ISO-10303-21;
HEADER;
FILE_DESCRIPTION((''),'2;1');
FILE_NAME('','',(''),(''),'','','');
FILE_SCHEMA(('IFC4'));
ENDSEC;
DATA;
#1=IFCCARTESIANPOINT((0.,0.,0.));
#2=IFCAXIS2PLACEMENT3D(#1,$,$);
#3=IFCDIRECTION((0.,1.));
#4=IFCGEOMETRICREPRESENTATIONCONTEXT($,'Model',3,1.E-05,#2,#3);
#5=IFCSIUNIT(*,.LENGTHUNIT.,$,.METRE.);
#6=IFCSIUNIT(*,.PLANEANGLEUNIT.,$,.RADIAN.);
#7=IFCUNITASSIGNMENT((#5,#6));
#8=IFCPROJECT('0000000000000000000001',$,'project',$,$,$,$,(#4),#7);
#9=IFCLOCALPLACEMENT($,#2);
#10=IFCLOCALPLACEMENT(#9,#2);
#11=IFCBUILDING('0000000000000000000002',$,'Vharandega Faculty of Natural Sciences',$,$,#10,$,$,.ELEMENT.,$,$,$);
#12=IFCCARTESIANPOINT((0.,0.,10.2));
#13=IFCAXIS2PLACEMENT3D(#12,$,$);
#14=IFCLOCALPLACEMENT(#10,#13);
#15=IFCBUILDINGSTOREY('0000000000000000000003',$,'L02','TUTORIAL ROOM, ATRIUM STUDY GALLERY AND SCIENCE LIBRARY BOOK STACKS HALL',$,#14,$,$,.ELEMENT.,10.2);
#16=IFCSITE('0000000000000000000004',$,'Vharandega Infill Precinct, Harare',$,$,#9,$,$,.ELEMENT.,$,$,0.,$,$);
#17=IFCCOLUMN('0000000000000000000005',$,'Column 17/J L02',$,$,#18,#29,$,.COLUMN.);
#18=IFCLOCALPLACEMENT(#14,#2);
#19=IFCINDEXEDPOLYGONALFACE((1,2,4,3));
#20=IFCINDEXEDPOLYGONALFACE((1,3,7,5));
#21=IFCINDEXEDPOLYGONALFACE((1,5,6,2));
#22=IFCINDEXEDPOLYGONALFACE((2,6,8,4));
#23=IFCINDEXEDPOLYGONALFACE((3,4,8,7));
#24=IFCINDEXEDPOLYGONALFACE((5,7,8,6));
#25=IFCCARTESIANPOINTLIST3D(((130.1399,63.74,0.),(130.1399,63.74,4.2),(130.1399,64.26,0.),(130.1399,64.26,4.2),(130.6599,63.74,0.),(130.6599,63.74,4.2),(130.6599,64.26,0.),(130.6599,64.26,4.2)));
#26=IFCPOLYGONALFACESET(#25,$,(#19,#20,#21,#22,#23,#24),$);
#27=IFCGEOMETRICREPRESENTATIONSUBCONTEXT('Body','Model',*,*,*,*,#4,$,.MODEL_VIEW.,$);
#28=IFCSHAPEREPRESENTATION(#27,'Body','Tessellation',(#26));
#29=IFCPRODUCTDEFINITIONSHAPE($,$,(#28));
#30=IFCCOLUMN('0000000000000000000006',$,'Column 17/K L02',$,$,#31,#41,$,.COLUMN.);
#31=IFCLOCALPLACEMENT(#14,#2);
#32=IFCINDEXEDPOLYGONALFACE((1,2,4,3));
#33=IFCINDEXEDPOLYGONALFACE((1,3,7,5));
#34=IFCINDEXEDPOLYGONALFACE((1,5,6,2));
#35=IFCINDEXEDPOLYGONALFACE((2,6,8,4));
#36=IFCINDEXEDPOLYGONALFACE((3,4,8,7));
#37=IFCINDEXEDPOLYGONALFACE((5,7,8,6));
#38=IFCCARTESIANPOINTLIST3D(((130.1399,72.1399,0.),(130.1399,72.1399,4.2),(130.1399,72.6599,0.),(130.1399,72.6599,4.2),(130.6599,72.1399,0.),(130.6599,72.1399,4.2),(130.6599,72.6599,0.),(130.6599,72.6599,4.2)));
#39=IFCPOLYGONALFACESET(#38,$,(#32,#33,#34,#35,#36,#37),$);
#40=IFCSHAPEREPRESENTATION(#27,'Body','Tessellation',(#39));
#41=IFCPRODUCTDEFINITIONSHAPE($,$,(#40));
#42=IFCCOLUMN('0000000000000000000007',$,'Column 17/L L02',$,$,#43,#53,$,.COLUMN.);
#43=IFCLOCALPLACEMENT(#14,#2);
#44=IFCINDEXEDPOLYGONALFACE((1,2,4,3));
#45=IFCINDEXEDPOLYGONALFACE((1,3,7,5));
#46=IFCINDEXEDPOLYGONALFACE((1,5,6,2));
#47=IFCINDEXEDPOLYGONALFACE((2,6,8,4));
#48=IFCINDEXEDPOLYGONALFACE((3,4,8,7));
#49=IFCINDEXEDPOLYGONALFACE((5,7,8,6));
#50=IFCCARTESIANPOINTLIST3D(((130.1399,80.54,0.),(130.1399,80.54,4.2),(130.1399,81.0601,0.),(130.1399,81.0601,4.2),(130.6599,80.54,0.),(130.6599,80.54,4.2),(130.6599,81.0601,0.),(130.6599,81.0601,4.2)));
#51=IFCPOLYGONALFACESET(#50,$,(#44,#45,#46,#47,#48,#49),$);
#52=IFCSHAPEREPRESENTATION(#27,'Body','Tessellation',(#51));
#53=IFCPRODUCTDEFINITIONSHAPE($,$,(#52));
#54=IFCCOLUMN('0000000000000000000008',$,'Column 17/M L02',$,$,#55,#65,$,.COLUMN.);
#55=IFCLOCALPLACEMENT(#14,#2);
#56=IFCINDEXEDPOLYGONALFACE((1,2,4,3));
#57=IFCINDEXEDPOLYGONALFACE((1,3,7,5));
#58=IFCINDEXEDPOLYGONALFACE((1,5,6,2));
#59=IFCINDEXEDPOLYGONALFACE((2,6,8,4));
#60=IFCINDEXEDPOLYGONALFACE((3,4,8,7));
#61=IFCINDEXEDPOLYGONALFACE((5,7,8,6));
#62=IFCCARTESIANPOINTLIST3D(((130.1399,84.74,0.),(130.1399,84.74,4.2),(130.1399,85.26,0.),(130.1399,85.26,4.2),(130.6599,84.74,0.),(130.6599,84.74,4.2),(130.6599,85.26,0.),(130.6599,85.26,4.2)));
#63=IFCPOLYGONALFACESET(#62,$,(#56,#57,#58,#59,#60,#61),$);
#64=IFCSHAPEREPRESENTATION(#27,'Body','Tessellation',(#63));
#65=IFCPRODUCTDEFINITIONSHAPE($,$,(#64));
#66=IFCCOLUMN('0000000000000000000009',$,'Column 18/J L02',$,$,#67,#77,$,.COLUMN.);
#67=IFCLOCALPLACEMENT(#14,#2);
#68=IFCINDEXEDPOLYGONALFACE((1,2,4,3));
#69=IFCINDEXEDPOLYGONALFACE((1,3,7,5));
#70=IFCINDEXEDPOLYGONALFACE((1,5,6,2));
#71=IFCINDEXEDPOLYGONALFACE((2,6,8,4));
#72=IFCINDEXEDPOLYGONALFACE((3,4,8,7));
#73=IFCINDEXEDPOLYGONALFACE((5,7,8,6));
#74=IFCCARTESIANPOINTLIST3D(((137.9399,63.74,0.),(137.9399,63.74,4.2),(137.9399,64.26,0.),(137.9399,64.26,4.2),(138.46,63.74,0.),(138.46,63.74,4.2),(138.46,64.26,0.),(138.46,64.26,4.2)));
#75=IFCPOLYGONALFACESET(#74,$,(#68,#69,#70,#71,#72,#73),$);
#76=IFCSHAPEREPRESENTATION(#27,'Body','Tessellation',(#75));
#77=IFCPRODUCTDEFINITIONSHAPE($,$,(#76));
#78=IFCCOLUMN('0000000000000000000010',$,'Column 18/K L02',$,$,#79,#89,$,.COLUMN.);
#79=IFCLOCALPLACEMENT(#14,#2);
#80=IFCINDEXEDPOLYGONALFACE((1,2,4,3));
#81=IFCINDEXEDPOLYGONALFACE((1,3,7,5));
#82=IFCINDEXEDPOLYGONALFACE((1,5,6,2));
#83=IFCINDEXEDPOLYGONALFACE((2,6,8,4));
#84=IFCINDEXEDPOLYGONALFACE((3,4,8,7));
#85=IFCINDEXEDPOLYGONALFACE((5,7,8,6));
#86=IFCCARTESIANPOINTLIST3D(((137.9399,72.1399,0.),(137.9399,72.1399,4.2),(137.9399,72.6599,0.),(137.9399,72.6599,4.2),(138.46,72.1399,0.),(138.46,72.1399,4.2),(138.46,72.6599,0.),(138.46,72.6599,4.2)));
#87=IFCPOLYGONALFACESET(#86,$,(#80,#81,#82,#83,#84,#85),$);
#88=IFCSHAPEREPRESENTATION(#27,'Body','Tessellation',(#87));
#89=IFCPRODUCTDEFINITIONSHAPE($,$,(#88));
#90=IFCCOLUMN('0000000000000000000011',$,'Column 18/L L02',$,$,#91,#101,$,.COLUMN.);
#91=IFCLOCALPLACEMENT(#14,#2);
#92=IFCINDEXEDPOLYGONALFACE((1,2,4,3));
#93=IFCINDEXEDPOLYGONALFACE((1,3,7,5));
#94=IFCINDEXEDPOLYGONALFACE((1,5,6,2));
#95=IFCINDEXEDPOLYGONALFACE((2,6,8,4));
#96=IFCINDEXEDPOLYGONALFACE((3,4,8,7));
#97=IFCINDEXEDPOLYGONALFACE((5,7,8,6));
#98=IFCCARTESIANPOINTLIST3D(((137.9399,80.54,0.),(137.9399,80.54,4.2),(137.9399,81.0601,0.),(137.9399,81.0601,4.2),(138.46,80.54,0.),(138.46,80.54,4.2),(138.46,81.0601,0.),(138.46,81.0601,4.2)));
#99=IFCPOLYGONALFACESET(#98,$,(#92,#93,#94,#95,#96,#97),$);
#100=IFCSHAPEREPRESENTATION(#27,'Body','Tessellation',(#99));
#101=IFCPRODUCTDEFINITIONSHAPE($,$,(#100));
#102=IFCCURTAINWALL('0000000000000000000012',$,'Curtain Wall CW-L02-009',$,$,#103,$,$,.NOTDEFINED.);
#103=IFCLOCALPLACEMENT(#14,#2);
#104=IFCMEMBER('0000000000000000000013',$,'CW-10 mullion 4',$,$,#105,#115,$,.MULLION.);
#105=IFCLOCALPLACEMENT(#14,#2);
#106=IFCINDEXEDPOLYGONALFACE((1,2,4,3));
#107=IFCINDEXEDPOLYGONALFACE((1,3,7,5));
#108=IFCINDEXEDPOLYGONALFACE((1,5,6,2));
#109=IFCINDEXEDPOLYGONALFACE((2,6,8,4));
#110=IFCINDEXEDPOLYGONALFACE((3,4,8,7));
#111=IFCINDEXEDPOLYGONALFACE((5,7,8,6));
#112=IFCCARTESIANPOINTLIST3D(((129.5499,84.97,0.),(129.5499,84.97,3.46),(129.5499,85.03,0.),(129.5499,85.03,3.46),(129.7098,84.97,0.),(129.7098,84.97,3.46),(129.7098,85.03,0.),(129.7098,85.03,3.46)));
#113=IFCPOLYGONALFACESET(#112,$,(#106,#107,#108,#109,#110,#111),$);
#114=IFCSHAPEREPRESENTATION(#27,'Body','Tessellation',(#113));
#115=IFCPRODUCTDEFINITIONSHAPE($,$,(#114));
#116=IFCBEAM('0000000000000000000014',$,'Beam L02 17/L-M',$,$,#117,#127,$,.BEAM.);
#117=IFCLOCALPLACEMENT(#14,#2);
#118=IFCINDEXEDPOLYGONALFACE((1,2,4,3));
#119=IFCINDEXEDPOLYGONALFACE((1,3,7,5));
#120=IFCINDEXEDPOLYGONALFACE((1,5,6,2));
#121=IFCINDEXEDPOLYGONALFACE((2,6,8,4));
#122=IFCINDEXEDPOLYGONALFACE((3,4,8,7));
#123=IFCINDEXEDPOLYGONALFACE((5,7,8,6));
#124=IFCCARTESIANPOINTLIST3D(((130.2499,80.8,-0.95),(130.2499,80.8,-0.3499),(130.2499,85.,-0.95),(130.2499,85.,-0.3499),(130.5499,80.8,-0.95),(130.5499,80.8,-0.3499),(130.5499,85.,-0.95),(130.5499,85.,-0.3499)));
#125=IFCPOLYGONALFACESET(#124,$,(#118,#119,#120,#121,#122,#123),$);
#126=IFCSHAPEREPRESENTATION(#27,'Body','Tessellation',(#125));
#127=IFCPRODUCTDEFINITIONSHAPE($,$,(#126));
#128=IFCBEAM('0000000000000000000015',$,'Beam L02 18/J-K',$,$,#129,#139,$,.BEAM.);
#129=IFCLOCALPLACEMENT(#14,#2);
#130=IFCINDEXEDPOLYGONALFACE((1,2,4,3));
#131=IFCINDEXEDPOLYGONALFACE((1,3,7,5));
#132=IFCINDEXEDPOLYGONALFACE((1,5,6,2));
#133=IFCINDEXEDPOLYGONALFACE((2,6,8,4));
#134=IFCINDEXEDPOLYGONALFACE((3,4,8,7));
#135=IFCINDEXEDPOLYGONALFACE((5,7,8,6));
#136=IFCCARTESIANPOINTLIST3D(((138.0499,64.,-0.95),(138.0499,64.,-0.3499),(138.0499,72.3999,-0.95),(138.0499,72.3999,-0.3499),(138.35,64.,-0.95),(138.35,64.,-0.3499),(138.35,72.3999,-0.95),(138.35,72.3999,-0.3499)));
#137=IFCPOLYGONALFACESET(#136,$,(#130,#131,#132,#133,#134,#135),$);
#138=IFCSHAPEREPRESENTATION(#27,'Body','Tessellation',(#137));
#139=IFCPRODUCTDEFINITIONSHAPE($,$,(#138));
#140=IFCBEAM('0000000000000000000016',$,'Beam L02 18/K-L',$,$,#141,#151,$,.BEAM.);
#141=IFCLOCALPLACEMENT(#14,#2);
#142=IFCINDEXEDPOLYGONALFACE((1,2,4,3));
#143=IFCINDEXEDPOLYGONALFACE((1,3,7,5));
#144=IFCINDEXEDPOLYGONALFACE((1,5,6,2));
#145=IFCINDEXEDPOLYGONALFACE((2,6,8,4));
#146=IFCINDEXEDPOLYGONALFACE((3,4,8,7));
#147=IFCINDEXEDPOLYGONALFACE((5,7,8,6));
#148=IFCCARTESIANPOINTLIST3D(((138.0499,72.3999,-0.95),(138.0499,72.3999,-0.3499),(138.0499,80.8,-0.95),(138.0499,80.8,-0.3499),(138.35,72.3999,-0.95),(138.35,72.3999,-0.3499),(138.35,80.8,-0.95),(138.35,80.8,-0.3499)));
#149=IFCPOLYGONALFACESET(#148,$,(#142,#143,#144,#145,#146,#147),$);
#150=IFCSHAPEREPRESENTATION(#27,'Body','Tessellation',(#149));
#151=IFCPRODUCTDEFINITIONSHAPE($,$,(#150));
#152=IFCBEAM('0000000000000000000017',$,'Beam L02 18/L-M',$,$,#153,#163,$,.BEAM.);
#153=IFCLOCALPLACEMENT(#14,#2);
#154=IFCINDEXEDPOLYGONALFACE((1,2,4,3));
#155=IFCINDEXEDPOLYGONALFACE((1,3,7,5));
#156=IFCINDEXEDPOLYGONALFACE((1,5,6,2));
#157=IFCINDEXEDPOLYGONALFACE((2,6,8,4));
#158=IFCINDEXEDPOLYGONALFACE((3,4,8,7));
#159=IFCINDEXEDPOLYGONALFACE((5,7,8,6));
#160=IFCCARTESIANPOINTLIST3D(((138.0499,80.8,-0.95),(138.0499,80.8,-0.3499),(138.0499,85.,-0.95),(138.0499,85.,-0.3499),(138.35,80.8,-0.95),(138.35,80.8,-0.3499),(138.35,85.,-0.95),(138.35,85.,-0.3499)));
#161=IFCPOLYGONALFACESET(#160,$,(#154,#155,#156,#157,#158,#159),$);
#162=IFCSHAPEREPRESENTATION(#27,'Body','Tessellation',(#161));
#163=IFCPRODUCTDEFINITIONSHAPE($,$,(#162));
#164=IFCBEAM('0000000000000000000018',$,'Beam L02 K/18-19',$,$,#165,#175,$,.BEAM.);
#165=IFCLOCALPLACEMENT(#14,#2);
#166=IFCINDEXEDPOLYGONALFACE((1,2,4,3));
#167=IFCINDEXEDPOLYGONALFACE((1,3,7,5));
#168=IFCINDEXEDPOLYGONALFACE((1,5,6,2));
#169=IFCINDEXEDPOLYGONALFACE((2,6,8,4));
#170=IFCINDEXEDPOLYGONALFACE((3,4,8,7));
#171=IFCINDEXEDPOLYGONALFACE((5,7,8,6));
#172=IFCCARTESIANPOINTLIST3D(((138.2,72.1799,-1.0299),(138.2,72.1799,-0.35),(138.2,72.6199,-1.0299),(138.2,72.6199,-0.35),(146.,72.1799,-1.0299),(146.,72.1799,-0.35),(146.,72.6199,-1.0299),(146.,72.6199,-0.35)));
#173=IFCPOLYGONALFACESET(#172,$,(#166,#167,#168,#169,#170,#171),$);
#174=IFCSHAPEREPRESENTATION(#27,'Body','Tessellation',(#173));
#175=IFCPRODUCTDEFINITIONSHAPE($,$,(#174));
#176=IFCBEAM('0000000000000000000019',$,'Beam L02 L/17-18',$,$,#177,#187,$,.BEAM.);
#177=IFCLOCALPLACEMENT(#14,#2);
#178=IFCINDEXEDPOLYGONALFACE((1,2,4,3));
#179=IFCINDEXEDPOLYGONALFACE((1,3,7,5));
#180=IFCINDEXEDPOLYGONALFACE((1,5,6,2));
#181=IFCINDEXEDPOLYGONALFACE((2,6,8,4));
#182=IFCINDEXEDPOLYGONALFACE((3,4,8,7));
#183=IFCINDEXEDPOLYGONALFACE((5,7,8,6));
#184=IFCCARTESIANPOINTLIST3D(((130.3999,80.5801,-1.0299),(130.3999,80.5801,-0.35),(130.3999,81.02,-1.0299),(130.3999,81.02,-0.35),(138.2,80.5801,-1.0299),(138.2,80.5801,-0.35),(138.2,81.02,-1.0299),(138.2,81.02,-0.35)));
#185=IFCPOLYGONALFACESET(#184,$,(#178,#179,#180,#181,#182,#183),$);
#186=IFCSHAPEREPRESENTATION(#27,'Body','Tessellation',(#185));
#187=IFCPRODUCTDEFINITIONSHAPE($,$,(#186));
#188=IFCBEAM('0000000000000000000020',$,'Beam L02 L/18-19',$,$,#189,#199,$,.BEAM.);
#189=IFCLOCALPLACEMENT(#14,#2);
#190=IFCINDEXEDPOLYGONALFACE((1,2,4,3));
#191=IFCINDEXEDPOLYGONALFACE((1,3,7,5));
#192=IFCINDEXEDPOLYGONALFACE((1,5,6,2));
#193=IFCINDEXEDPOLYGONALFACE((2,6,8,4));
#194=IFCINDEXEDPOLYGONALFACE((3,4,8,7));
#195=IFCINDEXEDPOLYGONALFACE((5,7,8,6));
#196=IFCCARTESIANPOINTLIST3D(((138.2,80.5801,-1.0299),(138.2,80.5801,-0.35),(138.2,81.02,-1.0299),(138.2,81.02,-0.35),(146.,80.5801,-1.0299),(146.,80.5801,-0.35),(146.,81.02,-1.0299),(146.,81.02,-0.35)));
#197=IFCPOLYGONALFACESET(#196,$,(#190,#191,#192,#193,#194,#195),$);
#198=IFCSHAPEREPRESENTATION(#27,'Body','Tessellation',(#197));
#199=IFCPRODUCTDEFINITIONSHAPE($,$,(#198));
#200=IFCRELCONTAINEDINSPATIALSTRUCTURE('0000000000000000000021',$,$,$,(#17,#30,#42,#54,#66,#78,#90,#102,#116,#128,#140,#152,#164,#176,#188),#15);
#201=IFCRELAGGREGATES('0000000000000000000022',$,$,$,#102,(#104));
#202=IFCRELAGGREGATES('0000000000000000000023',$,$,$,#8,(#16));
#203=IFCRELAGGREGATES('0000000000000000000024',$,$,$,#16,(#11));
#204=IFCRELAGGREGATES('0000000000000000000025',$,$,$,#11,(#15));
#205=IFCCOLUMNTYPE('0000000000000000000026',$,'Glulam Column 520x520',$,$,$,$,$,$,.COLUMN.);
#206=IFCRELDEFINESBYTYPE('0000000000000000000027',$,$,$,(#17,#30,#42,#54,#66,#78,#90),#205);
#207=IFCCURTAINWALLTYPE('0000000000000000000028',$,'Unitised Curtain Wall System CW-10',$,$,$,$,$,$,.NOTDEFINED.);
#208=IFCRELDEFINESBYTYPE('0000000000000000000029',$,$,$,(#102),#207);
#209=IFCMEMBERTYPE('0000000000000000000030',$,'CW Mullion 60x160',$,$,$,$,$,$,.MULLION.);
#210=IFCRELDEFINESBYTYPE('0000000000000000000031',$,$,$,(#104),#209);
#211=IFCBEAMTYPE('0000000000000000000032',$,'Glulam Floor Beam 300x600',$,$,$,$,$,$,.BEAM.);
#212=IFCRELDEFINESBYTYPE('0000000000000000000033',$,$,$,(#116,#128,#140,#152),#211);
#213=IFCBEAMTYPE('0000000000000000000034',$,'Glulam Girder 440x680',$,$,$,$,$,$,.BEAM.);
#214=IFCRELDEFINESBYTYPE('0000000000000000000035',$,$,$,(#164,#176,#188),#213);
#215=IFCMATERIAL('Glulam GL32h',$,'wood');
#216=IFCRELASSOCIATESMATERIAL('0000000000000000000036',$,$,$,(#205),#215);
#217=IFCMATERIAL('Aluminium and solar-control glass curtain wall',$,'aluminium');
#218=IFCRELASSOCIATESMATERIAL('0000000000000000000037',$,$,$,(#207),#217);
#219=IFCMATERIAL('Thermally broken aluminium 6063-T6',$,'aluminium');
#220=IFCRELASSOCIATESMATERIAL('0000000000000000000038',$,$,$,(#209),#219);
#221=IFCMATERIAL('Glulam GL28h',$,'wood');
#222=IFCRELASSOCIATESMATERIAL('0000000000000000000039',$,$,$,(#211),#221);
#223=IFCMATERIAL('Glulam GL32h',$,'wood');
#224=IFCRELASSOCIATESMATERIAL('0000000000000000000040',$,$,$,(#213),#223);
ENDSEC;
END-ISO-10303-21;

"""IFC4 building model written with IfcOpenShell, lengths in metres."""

from ifc_helpers import new_model, si_unit, direction, frame, origin, origin_2d, place, context, subcontext, project, spatial, rectangle, extrude, material, material_profile, profile_set, type_object, element, aggregate, save


model = new_model("IFC4")

# Units and contexts
model_context = context("Model", 3, precision=1e-05, world=origin(), true_north=direction((0.0, 1.0)))
body_context = subcontext(model_context, "Body", "Model", "MODEL_VIEW")
ifc_project = project(units=[si_unit("LENGTHUNIT", "METRE"), si_unit("PLANEANGLEUNIT", "RADIAN")], contexts=[model_context])

# Site, building, storey
site_placement = place(None, origin())
site = spatial("IfcSite", under=ifc_project, at=site_placement, Name="Vharandega Infill Precinct, Harare", CompositionType="ELEMENT", RefElevation=0.0)
building_placement = place(site_placement, origin())
building = spatial("IfcBuilding", under=site, at=building_placement, Name="Vharandega Faculty of Natural Sciences", CompositionType="ELEMENT")
storey_placement = place(building_placement, frame((0.0, 0.0, 10.2)))
storey = spatial("IfcBuildingStorey", under=building, at=storey_placement, Name="L02", Description="TUTORIAL ROOM, ATRIUM STUDY GALLERY AND SCIENCE LIBRARY BOOK STACKS HALL", CompositionType="ELEMENT", Elevation=10.2)

# Columns
ifc_material_1 = material(Name="Glulam GL32h", Category="wood")
ifc_material_profile_1 = material_profile(ifc_material_1, rectangle(XDim=0.52, YDim=0.52, at=origin_2d()), Name="GL32h 520x520")
ifc_profile_set_1 = profile_set([ifc_material_profile_1], Name="Glulam GL32h")
column_type = type_object("IfcColumnType", Name="Glulam Column 520x520", PredefinedType="COLUMN", material=ifc_profile_set_1)
for number, where, z_axis, x_axis, name in (
    (1, (130.3999, 64.0, 0.0), (0.0, 0.0, 1.0), (1.0, 0.0, 0.0), "Column 17/J L02"),
    (2, (130.3999, 72.3999, 0.0), (0.0, 0.0, 1.0), (1.0, 0.0, 0.0), "Column 17/K L02"),
    (3, (130.3999, 80.8, 0.0), (0.0, 0.0, 1.0), (1.0, 0.0, 0.0), "Column 17/L L02"),
    (4, (130.3999, 85.0, 0.0), (0.0, 0.0, 1.0), (1.0, 0.0, 0.0), "Column 17/M L02"),
    (5, (138.2, 64.0, 0.0), (0.0, 0.0, 1.0), (1.0, 0.0, 0.0), "Column 18/J L02"),
    (6, (138.2, 72.3999, 0.0), (0.0, 0.0, 1.0), (1.0, 0.0, 0.0), "Column 18/K L02"),
    (7, (138.2, 80.8, 0.0), (0.0, 0.0, 1.0), (1.0, 0.0, 0.0), "Column 18/L L02"),
):
    element("IfcColumn", number, at=place(storey_placement, frame(where, z_axis=z_axis, x_axis=x_axis)), inside=storey, type_object=column_type, Name=name, PredefinedType="COLUMN", context=body_context, shape_type="SweptSolid", body=[
        extrude(rectangle(XDim=0.52, YDim=0.52, at=origin_2d()), origin(), (0.0, 0.0, 1.0), 4.2),
    ])

# Curtain wall, member
ifc_material_2 = material(Name="Aluminium and solar-control glass curtain wall", Category="aluminium")
curtain_wall_type = type_object("IfcCurtainWallType", Name="Unitised Curtain Wall System CW-10", PredefinedType="NOTDEFINED", material=ifc_material_2)
curtain_wall_placement = place(storey_placement, origin())
curtain_wall = element("IfcCurtainWall", 8, at=curtain_wall_placement, inside=storey, type_object=curtain_wall_type, Name="Curtain Wall CW-L02-009", PredefinedType="NOTDEFINED")
ifc_material_3 = material(Name="Thermally broken aluminium 6063-T6", Category="aluminium")
ifc_material_profile_2 = material_profile(ifc_material_3, rectangle(XDim=0.0601, YDim=0.1599, at=origin_2d()), Name="ALU 60x160")
ifc_profile_set_2 = profile_set([ifc_material_profile_2], Name="Thermally broken aluminium 6063-T6")
member_type = type_object("IfcMemberType", Name="CW Mullion 60x160", PredefinedType="MULLION", material=ifc_profile_set_2)
member_placement = place(storey_placement, frame((129.6299, 85.0, 0.0), z_axis=(0.0, 0.0, 1.0), x_axis=(0.0, 1.0, 0.0)))
member = element("IfcMember", 9, at=member_placement, type_object=member_type, Name="CW-10 mullion 4", PredefinedType="MULLION", context=body_context, shape_type="SweptSolid", body=[
    extrude(rectangle(XDim=0.0601, YDim=0.1599, at=origin_2d()), origin(), (0.0, 0.0, 1.0), 3.46),
])

# Beams
ifc_material_4 = material(Name="Glulam GL28h", Category="wood")
ifc_material_profile_3 = material_profile(ifc_material_4, rectangle(XDim=0.3, YDim=0.6001, at=origin_2d()), Name="GL28h 300x600")
ifc_profile_set_3 = profile_set([ifc_material_profile_3], Name="Glulam GL28h")
beam_type_1 = type_object("IfcBeamType", Name="Glulam Floor Beam 300x600", PredefinedType="BEAM", material=ifc_profile_set_3)
beam_1_placement = place(storey_placement, frame((130.3999, 80.8, -0.6499), z_axis=(0.0, 1.0, 0.0), x_axis=(-1.0, 0.0, 0.0)))
element("IfcBeam", 10, at=beam_1_placement, inside=storey, type_object=beam_type_1, Name="Beam L02 17/L-M", PredefinedType="BEAM", context=body_context, shape_type="SweptSolid", body=[
    extrude(rectangle(XDim=0.3, YDim=0.6001, at=origin_2d()), origin(), (0.0, 0.0, 1.0), 4.2),
])
beam_2_placement = place(storey_placement, frame((138.2, 64.0, -0.6499), z_axis=(0.0, 1.0, 0.0), x_axis=(-1.0, 0.0, 0.0)))
element("IfcBeam", 11, at=beam_2_placement, inside=storey, type_object=beam_type_1, Name="Beam L02 18/J-K", PredefinedType="BEAM", context=body_context, shape_type="SweptSolid", body=[
    extrude(rectangle(XDim=0.3, YDim=0.6001, at=origin_2d()), origin(), (0.0, 0.0, 1.0), 8.3999),
])
beam_3_placement = place(storey_placement, frame((138.2, 72.3999, -0.6499), z_axis=(0.0, 1.0, 0.0), x_axis=(-1.0, 0.0, 0.0)))
element("IfcBeam", 12, at=beam_3_placement, inside=storey, type_object=beam_type_1, Name="Beam L02 18/K-L", PredefinedType="BEAM", context=body_context, shape_type="SweptSolid", body=[
    extrude(rectangle(XDim=0.3, YDim=0.6001, at=origin_2d()), origin(), (0.0, 0.0, 1.0), 8.4001),
])
beam_4_placement = place(storey_placement, frame((138.2, 80.8, -0.6499), z_axis=(0.0, 1.0, 0.0), x_axis=(-1.0, 0.0, 0.0)))
element("IfcBeam", 13, at=beam_4_placement, inside=storey, type_object=beam_type_1, Name="Beam L02 18/L-M", PredefinedType="BEAM", context=body_context, shape_type="SweptSolid", body=[
    extrude(rectangle(XDim=0.3, YDim=0.6001, at=origin_2d()), origin(), (0.0, 0.0, 1.0), 4.2),
])
ifc_material_5 = material(Name="Glulam GL32h", Category="wood")
ifc_material_profile_4 = material_profile(ifc_material_5, rectangle(XDim=0.4399, YDim=0.6799, at=origin_2d()), Name="GL32h 440x680")
ifc_profile_set_4 = profile_set([ifc_material_profile_4], Name="Glulam GL32h")
beam_type_2 = type_object("IfcBeamType", Name="Glulam Girder 440x680", PredefinedType="BEAM", material=ifc_profile_set_4)
for number, where, z_axis, x_axis, name in (
    (14, (138.2, 72.3999, -0.6899), (1.0, 0.0, 0.0), (0.0, 1.0, 0.0), "Beam L02 K/18-19"),
    (15, (130.3999, 80.8, -0.6899), (1.0, 0.0, 0.0), (0.0, 1.0, 0.0), "Beam L02 L/17-18"),
    (16, (138.2, 80.8, -0.6899), (1.0, 0.0, 0.0), (0.0, 1.0, 0.0), "Beam L02 L/18-19"),
):
    element("IfcBeam", number, at=place(storey_placement, frame(where, z_axis=z_axis, x_axis=x_axis)), inside=storey, type_object=beam_type_2, Name=name, PredefinedType="BEAM", context=body_context, shape_type="SweptSolid", body=[
        extrude(rectangle(XDim=0.4399, YDim=0.6799, at=origin_2d()), origin(), (0.0, 0.0, 1.0), 7.8),
    ])

aggregate(curtain_wall, [member])

save(model, "model.ifc")
